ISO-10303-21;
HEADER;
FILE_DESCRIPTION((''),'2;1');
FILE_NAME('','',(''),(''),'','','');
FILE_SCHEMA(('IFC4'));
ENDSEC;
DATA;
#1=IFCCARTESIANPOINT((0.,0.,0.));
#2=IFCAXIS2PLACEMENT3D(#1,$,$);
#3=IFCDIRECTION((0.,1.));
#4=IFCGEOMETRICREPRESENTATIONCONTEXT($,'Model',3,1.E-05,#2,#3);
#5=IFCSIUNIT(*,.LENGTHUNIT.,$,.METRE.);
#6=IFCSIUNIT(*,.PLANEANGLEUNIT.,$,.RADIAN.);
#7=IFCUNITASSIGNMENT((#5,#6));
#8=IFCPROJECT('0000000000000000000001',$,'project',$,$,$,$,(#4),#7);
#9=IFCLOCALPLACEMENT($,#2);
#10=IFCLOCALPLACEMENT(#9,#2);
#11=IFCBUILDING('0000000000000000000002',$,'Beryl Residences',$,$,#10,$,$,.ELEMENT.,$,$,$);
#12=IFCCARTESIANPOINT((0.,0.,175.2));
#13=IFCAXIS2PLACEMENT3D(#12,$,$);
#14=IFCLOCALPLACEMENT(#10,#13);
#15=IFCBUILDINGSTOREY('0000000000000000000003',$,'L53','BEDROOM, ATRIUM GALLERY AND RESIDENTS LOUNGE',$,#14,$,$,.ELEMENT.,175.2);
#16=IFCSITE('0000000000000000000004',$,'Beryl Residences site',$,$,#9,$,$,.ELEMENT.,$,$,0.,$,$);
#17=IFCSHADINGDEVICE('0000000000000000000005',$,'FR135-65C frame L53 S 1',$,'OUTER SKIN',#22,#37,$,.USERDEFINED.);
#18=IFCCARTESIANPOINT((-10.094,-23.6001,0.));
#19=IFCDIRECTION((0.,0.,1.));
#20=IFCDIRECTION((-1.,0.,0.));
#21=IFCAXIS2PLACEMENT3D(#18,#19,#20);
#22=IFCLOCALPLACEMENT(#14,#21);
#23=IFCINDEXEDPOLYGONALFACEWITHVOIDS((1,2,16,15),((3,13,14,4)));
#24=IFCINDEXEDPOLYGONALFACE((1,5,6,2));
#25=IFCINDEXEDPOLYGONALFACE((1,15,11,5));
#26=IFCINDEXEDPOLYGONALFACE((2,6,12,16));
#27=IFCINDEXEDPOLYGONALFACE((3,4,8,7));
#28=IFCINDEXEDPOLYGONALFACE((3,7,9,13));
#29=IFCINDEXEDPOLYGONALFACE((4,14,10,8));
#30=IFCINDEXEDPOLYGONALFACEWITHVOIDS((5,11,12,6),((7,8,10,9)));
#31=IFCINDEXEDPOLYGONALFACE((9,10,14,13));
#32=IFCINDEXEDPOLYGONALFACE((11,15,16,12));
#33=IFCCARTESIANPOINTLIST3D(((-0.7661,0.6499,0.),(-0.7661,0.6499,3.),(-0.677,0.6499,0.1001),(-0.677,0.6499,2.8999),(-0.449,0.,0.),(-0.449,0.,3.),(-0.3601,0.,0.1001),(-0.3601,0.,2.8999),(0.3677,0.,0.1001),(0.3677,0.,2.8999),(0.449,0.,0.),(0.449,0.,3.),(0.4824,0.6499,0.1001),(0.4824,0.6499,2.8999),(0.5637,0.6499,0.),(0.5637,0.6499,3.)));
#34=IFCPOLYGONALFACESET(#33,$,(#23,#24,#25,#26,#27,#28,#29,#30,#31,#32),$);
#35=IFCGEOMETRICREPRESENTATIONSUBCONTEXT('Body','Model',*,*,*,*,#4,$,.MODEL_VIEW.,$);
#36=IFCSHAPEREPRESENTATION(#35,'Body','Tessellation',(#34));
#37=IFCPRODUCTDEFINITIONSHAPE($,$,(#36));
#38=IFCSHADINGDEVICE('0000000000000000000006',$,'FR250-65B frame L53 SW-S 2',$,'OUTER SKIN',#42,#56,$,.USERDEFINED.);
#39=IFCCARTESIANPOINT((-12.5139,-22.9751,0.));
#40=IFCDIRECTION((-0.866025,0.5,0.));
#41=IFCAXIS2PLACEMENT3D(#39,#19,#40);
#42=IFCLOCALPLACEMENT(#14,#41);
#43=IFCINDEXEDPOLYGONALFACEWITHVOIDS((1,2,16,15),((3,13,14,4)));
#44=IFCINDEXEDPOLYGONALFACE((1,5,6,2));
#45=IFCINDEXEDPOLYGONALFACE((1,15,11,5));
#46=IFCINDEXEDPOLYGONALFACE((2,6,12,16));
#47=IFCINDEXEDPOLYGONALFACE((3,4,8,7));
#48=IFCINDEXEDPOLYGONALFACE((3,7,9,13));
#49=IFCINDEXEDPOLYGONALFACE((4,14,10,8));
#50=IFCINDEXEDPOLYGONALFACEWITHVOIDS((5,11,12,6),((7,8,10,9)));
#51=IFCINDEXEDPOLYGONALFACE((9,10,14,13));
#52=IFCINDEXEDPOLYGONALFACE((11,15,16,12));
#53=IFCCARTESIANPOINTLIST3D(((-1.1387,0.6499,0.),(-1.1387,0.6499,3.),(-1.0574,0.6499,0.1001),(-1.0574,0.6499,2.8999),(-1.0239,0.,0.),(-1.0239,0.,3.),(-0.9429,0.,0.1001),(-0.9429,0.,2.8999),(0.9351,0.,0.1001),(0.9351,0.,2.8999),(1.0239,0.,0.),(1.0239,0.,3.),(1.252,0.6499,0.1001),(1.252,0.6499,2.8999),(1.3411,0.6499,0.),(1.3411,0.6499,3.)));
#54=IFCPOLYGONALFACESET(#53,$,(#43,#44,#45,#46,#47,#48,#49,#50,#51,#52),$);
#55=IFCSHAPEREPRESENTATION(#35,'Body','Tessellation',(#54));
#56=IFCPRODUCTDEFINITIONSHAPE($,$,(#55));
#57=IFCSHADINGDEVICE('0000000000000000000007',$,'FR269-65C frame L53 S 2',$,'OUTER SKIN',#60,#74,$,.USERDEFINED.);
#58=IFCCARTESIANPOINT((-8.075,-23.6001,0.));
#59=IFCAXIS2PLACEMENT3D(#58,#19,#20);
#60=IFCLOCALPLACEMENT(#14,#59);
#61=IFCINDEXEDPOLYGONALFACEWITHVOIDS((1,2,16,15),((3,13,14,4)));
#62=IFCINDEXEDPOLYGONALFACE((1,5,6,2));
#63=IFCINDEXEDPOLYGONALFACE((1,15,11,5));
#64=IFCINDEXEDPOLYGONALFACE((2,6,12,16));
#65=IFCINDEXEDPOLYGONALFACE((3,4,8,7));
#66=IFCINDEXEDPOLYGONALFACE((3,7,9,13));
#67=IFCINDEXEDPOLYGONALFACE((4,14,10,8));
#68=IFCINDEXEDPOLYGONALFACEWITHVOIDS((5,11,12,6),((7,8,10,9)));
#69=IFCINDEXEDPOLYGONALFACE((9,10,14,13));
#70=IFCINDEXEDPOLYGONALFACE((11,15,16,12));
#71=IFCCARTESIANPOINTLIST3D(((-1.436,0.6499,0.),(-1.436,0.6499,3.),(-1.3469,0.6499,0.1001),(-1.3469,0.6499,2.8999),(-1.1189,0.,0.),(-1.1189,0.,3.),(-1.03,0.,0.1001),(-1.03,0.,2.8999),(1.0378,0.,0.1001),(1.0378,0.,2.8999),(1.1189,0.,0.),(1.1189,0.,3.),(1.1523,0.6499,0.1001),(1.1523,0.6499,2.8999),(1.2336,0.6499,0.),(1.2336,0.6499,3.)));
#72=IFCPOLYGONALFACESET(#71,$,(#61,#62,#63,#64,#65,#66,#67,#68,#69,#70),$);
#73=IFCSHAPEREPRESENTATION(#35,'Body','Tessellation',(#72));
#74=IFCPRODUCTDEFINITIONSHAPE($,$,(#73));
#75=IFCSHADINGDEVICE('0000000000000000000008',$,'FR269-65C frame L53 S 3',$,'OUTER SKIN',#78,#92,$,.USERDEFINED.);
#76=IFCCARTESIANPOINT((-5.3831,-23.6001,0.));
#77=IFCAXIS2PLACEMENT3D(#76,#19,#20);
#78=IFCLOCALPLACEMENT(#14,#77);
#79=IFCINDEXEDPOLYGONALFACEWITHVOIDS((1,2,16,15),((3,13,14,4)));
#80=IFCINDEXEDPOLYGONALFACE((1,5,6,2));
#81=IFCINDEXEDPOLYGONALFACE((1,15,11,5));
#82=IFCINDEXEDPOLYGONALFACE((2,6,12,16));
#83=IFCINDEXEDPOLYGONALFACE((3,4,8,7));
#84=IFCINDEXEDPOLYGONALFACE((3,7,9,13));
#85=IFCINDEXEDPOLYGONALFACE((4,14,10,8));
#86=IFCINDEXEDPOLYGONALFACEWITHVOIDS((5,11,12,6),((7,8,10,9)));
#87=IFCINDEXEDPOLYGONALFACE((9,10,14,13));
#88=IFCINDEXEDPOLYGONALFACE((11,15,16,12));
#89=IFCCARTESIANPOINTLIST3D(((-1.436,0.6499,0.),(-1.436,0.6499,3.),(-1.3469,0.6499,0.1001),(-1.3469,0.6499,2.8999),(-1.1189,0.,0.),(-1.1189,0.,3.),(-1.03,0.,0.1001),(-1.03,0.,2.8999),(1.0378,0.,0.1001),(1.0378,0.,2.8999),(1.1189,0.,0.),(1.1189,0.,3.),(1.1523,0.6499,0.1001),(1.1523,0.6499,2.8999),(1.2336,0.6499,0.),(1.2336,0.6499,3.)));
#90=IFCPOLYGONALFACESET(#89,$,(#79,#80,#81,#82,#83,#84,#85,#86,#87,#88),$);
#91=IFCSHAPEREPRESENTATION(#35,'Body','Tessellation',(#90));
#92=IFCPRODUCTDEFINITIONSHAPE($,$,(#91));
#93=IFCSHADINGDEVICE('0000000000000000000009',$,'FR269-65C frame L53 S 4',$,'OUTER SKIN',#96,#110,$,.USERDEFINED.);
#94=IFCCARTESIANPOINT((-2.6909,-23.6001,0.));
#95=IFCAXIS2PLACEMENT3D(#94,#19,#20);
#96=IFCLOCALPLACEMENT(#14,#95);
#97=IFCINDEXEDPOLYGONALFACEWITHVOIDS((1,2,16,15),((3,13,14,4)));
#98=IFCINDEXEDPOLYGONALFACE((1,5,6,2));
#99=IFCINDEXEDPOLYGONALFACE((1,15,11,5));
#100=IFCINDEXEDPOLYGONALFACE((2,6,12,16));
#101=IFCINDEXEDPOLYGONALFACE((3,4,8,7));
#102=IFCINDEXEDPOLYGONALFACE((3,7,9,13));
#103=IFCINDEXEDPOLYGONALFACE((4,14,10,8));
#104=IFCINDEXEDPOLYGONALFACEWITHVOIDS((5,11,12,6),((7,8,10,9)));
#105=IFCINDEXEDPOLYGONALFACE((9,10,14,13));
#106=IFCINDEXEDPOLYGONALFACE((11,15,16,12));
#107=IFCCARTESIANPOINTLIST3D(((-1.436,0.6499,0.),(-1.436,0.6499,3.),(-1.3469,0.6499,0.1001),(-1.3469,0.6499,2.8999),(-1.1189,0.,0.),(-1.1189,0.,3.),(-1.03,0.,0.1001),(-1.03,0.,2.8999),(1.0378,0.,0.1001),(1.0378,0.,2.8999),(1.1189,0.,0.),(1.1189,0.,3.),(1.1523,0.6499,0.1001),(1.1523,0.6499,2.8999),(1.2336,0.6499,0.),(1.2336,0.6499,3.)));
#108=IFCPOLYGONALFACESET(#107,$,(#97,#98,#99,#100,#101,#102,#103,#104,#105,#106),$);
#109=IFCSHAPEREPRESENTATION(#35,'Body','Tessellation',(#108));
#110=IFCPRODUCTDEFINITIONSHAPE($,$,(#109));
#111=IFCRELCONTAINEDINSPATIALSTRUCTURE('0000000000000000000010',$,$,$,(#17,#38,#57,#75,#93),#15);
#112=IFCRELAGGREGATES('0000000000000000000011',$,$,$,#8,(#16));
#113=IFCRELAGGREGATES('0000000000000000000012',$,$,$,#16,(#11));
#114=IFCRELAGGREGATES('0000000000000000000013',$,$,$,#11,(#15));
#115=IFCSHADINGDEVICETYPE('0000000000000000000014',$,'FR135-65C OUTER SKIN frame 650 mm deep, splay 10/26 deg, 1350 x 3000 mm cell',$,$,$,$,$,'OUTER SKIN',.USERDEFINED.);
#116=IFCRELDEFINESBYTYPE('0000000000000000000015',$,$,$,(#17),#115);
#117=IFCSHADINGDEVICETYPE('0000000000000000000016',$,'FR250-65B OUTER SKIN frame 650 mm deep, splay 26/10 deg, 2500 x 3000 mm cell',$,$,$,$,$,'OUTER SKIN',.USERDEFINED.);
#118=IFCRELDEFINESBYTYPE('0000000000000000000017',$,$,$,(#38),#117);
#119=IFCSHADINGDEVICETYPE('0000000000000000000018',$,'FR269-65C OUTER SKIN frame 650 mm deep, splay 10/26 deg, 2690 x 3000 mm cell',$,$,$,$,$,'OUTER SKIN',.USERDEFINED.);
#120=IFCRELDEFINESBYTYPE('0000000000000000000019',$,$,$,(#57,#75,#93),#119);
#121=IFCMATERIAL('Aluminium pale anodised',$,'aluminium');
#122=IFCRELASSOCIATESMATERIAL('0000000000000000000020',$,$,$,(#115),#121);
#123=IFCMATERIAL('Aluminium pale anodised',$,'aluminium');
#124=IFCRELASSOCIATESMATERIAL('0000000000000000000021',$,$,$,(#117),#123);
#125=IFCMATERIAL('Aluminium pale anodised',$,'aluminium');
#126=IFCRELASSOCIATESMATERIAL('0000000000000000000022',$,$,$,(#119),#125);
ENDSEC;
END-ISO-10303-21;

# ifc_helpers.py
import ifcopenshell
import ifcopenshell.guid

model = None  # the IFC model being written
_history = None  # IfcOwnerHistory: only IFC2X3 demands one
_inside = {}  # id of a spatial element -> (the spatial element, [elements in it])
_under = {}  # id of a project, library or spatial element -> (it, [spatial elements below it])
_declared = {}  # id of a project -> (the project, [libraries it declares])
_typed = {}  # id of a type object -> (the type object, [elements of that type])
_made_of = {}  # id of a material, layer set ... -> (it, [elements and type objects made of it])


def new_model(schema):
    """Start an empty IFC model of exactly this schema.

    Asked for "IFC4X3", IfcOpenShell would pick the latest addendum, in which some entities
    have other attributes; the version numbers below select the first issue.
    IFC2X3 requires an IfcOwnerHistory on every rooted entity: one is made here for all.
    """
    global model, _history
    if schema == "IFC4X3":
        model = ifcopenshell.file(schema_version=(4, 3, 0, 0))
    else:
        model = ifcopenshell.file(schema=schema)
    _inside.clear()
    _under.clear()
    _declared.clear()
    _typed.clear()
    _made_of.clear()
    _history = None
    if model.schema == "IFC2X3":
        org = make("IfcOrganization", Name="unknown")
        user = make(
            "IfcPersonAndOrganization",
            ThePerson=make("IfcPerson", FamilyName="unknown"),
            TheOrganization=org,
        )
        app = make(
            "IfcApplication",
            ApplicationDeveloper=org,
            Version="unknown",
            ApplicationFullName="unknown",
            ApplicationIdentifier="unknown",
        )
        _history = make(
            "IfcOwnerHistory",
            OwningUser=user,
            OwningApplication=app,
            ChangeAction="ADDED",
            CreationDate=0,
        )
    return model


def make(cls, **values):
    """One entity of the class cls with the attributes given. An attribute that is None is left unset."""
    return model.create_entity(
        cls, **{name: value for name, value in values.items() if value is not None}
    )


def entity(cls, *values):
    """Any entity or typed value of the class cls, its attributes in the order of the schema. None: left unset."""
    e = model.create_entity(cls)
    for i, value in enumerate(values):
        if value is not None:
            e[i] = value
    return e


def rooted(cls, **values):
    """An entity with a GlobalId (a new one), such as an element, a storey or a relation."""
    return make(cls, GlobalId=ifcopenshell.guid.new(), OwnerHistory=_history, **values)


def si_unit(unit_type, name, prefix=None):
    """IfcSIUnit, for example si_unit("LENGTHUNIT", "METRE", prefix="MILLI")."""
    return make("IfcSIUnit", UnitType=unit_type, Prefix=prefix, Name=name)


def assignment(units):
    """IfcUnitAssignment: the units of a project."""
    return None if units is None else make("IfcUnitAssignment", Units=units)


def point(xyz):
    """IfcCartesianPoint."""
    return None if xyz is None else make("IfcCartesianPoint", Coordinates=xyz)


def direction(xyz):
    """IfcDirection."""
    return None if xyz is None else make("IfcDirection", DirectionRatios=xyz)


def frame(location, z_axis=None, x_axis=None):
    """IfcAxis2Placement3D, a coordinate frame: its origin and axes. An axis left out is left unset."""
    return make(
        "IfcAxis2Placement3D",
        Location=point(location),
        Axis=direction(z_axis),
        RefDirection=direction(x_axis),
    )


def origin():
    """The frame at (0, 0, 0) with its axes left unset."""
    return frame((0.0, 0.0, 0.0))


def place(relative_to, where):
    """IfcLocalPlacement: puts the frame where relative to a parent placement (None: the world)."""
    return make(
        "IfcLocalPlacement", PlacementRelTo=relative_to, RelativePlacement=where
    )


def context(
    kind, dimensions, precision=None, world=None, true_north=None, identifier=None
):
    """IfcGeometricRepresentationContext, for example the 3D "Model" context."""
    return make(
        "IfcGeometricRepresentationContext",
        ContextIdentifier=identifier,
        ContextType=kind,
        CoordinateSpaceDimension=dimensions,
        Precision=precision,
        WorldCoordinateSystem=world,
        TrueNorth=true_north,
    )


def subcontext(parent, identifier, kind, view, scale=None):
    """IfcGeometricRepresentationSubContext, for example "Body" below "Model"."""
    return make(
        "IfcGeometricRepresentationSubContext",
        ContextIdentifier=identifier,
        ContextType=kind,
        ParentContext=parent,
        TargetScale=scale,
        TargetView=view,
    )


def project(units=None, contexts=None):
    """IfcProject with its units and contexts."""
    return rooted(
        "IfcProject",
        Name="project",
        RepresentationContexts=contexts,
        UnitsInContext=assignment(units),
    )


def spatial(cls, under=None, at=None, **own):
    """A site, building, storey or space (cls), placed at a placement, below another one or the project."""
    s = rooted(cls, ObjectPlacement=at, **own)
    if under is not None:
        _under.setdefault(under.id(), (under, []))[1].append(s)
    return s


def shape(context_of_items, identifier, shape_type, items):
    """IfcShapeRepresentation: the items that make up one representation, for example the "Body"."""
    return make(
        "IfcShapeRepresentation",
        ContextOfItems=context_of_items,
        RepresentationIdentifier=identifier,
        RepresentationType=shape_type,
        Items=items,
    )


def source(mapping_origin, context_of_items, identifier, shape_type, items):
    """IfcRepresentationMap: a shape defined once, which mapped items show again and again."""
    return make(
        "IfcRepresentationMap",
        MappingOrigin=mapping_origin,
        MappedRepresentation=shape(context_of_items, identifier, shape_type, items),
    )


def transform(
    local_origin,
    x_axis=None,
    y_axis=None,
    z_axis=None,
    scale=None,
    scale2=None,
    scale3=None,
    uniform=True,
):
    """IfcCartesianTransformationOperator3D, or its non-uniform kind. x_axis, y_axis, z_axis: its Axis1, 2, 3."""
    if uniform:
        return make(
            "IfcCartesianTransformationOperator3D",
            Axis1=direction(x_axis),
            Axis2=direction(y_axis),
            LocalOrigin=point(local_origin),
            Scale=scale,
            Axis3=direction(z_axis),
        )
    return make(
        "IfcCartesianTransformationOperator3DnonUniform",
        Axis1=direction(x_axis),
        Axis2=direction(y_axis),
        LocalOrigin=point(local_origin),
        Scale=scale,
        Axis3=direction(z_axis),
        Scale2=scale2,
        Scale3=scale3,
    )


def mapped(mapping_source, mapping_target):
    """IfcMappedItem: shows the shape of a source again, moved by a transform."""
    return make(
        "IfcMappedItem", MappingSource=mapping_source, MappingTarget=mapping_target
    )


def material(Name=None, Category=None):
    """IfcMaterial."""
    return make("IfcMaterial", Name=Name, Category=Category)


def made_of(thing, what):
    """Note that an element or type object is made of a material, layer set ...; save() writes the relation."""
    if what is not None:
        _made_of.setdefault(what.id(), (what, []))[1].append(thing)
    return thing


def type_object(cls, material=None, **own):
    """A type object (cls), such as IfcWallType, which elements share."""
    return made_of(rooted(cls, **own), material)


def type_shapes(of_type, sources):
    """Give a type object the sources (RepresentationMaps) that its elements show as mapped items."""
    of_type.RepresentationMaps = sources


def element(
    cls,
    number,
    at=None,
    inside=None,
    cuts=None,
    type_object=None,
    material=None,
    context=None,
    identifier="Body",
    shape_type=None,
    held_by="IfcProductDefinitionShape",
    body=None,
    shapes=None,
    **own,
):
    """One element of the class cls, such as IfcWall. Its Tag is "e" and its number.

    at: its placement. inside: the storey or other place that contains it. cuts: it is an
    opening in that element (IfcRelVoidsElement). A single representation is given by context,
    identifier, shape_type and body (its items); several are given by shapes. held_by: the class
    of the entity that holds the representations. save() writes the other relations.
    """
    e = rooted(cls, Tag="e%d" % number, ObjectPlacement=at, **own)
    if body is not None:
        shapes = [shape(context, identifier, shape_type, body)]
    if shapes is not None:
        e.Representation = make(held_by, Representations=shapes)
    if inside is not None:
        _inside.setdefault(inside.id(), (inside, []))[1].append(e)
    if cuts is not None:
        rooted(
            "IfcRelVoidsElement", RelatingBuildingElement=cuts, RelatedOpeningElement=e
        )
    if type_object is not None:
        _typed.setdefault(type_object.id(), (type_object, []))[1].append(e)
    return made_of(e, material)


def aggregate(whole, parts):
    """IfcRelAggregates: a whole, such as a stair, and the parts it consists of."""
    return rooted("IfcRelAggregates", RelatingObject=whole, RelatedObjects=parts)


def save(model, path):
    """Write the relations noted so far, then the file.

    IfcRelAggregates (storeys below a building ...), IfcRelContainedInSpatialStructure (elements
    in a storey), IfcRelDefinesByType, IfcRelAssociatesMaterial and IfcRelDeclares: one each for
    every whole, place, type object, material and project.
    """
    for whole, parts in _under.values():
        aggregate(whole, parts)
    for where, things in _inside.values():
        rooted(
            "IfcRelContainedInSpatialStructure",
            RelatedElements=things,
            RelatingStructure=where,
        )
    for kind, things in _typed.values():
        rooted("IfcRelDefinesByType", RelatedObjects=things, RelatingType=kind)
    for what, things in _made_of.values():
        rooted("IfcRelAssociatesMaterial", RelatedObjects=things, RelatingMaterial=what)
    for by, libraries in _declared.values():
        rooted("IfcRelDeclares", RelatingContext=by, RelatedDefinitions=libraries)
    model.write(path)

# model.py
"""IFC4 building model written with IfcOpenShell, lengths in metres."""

from ifc_helpers import new_model, entity, si_unit, direction, frame, origin, place, context, subcontext, project, spatial, source, transform, mapped, material, type_object, type_shapes, element, save


model = new_model("IFC4")

# Units and contexts
model_context = context("Model", 3, precision=1e-05, world=origin(), true_north=direction((0.0, 1.0)))
body_context = subcontext(model_context, "Body", "Model", "MODEL_VIEW")
ifc_project = project(units=[si_unit("LENGTHUNIT", "METRE"), si_unit("PLANEANGLEUNIT", "RADIAN")], contexts=[model_context])

# Site, building, storey
site_placement = place(None, origin())
site = spatial("IfcSite", under=ifc_project, at=site_placement, Name="Beryl Residences site", CompositionType="ELEMENT", RefElevation=0.0)
building_placement = place(site_placement, origin())
building = spatial("IfcBuilding", under=site, at=building_placement, Name="Beryl Residences", CompositionType="ELEMENT")
storey_placement = place(building_placement, frame((0.0, 0.0, 175.2)))
storey = spatial("IfcBuildingStorey", under=building, at=storey_placement, Name="L53", Description="BEDROOM, ATRIUM GALLERY AND RESIDENTS LOUNGE", CompositionType="ELEMENT", Elevation=175.2)

# Shading devices
ifc_material_1 = material(Name="Aluminium pale anodised", Category="aluminium")
shading_device_type_1 = type_object("IfcShadingDeviceType", Name="FR135-65C OUTER SKIN frame 650 mm deep, splay 10/26 deg, 1350 x 3000 mm cell", ElementType="OUTER SKIN", PredefinedType="USERDEFINED", material=ifc_material_1)
cartesian_point_1 = entity("IfcCartesianPoint", [-0.449, 0.0])
cartesian_point_2 = entity("IfcCartesianPoint", [-0.3677, 0.1001])
cartesian_point_3 = entity("IfcCartesianPoint", [-0.5637, 0.0])
cartesian_point_4 = entity("IfcCartesianPoint", [-0.4824, 0.1001])
shared_shape_1 = source(origin(), body_context, "Body", "SweptSolid", [
    entity("IfcExtrudedAreaSolidTapered", entity("IfcArbitraryProfileDefWithVoids", "AREA", None, entity("IfcPolyline", [cartesian_point_1, entity("IfcCartesianPoint", [0.449, 0.0]), entity("IfcCartesianPoint", [0.449, 3.0]), entity("IfcCartesianPoint", [-0.449, 3.0]), cartesian_point_1]), [entity("IfcPolyline", [cartesian_point_2, entity("IfcCartesianPoint", [0.3601, 0.1001]), entity("IfcCartesianPoint", [0.3601, 2.8999]), entity("IfcCartesianPoint", [-0.3677, 2.8999]), cartesian_point_2])]), entity("IfcAxis2Placement3D", entity("IfcCartesianPoint", [0.0, 0.0, 0.0]), entity("IfcDirection", [0.0, 1.0, 0.0]), entity("IfcDirection", [-1.0, 0.0, 0.0])), entity("IfcDirection", [0.0, 0.0, 1.0]), 0.6499, entity("IfcArbitraryProfileDefWithVoids", "AREA", None, entity("IfcPolyline", [cartesian_point_3, entity("IfcCartesianPoint", [0.7661, 0.0]), entity("IfcCartesianPoint", [0.7661, 3.0]), entity("IfcCartesianPoint", [-0.5637, 3.0]), cartesian_point_3]), [entity("IfcPolyline", [cartesian_point_4, entity("IfcCartesianPoint", [0.677, 0.1001]), entity("IfcCartesianPoint", [0.677, 2.8999]), entity("IfcCartesianPoint", [-0.4824, 2.8999]), cartesian_point_4])])),
])
type_shapes(shading_device_type_1, [shared_shape_1])
shading_device_1_placement = place(storey_placement, frame((-10.094, -23.6001, 0.0), z_axis=(0.0, 0.0, 1.0), x_axis=(-1.0, 0.0, 0.0)))
element("IfcShadingDevice", 1, at=shading_device_1_placement, inside=storey, type_object=shading_device_type_1, Name="FR135-65C frame L53 S 1", ObjectType="OUTER SKIN", PredefinedType="USERDEFINED", context=body_context, shape_type="MappedRepresentation", body=[
    mapped(shared_shape_1, transform((0.0, 0.0, 0.0))),
])
ifc_material_2 = material(Name="Aluminium pale anodised", Category="aluminium")
shading_device_type_2 = type_object("IfcShadingDeviceType", Name="FR250-65B OUTER SKIN frame 650 mm deep, splay 26/10 deg, 2500 x 3000 mm cell", ElementType="OUTER SKIN", PredefinedType="USERDEFINED", material=ifc_material_2)
cartesian_point_5 = entity("IfcCartesianPoint", [-1.0239, 0.0])
cartesian_point_6 = entity("IfcCartesianPoint", [-0.9351, 0.1001])
cartesian_point_7 = entity("IfcCartesianPoint", [-1.3411, 0.0])
cartesian_point_8 = entity("IfcCartesianPoint", [-1.252, 0.1001])
shared_shape_2 = source(origin(), body_context, "Body", "SweptSolid", [
    entity("IfcExtrudedAreaSolidTapered", entity("IfcArbitraryProfileDefWithVoids", "AREA", None, entity("IfcPolyline", [cartesian_point_5, entity("IfcCartesianPoint", [1.0239, 0.0]), entity("IfcCartesianPoint", [1.0239, 3.0]), entity("IfcCartesianPoint", [-1.0239, 3.0]), cartesian_point_5]), [entity("IfcPolyline", [cartesian_point_6, entity("IfcCartesianPoint", [0.9429, 0.1001]), entity("IfcCartesianPoint", [0.9429, 2.8999]), entity("IfcCartesianPoint", [-0.9351, 2.8999]), cartesian_point_6])]), entity("IfcAxis2Placement3D", entity("IfcCartesianPoint", [0.0, 0.0, 0.0]), entity("IfcDirection", [0.0, 1.0, 0.0]), entity("IfcDirection", [-1.0, 0.0, 0.0])), entity("IfcDirection", [0.0, 0.0, 1.0]), 0.6499, entity("IfcArbitraryProfileDefWithVoids", "AREA", None, entity("IfcPolyline", [cartesian_point_7, entity("IfcCartesianPoint", [1.1387, 0.0]), entity("IfcCartesianPoint", [1.1387, 3.0]), entity("IfcCartesianPoint", [-1.3411, 3.0]), cartesian_point_7]), [entity("IfcPolyline", [cartesian_point_8, entity("IfcCartesianPoint", [1.0574, 0.1001]), entity("IfcCartesianPoint", [1.0574, 2.8999]), entity("IfcCartesianPoint", [-1.252, 2.8999]), cartesian_point_8])])),
])
type_shapes(shading_device_type_2, [shared_shape_2])
shading_device_2_placement = place(storey_placement, frame((-12.5139, -22.9751, 0.0), z_axis=(0.0, 0.0, 1.0), x_axis=(-0.866025, 0.5, 0.0)))
element("IfcShadingDevice", 2, at=shading_device_2_placement, inside=storey, type_object=shading_device_type_2, Name="FR250-65B frame L53 SW-S 2", ObjectType="OUTER SKIN", PredefinedType="USERDEFINED", context=body_context, shape_type="MappedRepresentation", body=[
    mapped(shared_shape_2, transform((0.0, 0.0, 0.0))),
])
ifc_material_3 = material(Name="Aluminium pale anodised", Category="aluminium")
shading_device_type_3 = type_object("IfcShadingDeviceType", Name="FR269-65C OUTER SKIN frame 650 mm deep, splay 10/26 deg, 2690 x 3000 mm cell", ElementType="OUTER SKIN", PredefinedType="USERDEFINED", material=ifc_material_3)
cartesian_point_9 = entity("IfcCartesianPoint", [-1.1189, 0.0])
cartesian_point_10 = entity("IfcCartesianPoint", [-1.0378, 0.1001])
cartesian_point_11 = entity("IfcCartesianPoint", [-1.2336, 0.0])
cartesian_point_12 = entity("IfcCartesianPoint", [-1.1523, 0.1001])
shared_shape_3 = source(origin(), body_context, "Body", "SweptSolid", [
    entity("IfcExtrudedAreaSolidTapered", entity("IfcArbitraryProfileDefWithVoids", "AREA", None, entity("IfcPolyline", [cartesian_point_9, entity("IfcCartesianPoint", [1.1189, 0.0]), entity("IfcCartesianPoint", [1.1189, 3.0]), entity("IfcCartesianPoint", [-1.1189, 3.0]), cartesian_point_9]), [entity("IfcPolyline", [cartesian_point_10, entity("IfcCartesianPoint", [1.03, 0.1001]), entity("IfcCartesianPoint", [1.03, 2.8999]), entity("IfcCartesianPoint", [-1.0378, 2.8999]), cartesian_point_10])]), entity("IfcAxis2Placement3D", entity("IfcCartesianPoint", [0.0, 0.0, 0.0]), entity("IfcDirection", [0.0, 1.0, 0.0]), entity("IfcDirection", [-1.0, 0.0, 0.0])), entity("IfcDirection", [0.0, 0.0, 1.0]), 0.6499, entity("IfcArbitraryProfileDefWithVoids", "AREA", None, entity("IfcPolyline", [cartesian_point_11, entity("IfcCartesianPoint", [1.436, 0.0]), entity("IfcCartesianPoint", [1.436, 3.0]), entity("IfcCartesianPoint", [-1.2336, 3.0]), cartesian_point_11]), [entity("IfcPolyline", [cartesian_point_12, entity("IfcCartesianPoint", [1.3469, 0.1001]), entity("IfcCartesianPoint", [1.3469, 2.8999]), entity("IfcCartesianPoint", [-1.1523, 2.8999]), cartesian_point_12])])),
])
type_shapes(shading_device_type_3, [shared_shape_3])
for number, where, z_axis, x_axis, name in (
    (3, (-8.075, -23.6001, 0.0), (0.0, 0.0, 1.0), (-1.0, 0.0, 0.0), "FR269-65C frame L53 S 2"),
    (4, (-5.3831, -23.6001, 0.0), (0.0, 0.0, 1.0), (-1.0, 0.0, 0.0), "FR269-65C frame L53 S 3"),
    (5, (-2.6909, -23.6001, 0.0), (0.0, 0.0, 1.0), (-1.0, 0.0, 0.0), "FR269-65C frame L53 S 4"),
):
    element("IfcShadingDevice", number, at=place(storey_placement, frame(where, z_axis=z_axis, x_axis=x_axis)), inside=storey, type_object=shading_device_type_3, Name=name, ObjectType="OUTER SKIN", PredefinedType="USERDEFINED", context=body_context, shape_type="MappedRepresentation", body=[
        mapped(shared_shape_3, transform((0.0, 0.0, 0.0))),
    ])

save(model, "model.ifc")
